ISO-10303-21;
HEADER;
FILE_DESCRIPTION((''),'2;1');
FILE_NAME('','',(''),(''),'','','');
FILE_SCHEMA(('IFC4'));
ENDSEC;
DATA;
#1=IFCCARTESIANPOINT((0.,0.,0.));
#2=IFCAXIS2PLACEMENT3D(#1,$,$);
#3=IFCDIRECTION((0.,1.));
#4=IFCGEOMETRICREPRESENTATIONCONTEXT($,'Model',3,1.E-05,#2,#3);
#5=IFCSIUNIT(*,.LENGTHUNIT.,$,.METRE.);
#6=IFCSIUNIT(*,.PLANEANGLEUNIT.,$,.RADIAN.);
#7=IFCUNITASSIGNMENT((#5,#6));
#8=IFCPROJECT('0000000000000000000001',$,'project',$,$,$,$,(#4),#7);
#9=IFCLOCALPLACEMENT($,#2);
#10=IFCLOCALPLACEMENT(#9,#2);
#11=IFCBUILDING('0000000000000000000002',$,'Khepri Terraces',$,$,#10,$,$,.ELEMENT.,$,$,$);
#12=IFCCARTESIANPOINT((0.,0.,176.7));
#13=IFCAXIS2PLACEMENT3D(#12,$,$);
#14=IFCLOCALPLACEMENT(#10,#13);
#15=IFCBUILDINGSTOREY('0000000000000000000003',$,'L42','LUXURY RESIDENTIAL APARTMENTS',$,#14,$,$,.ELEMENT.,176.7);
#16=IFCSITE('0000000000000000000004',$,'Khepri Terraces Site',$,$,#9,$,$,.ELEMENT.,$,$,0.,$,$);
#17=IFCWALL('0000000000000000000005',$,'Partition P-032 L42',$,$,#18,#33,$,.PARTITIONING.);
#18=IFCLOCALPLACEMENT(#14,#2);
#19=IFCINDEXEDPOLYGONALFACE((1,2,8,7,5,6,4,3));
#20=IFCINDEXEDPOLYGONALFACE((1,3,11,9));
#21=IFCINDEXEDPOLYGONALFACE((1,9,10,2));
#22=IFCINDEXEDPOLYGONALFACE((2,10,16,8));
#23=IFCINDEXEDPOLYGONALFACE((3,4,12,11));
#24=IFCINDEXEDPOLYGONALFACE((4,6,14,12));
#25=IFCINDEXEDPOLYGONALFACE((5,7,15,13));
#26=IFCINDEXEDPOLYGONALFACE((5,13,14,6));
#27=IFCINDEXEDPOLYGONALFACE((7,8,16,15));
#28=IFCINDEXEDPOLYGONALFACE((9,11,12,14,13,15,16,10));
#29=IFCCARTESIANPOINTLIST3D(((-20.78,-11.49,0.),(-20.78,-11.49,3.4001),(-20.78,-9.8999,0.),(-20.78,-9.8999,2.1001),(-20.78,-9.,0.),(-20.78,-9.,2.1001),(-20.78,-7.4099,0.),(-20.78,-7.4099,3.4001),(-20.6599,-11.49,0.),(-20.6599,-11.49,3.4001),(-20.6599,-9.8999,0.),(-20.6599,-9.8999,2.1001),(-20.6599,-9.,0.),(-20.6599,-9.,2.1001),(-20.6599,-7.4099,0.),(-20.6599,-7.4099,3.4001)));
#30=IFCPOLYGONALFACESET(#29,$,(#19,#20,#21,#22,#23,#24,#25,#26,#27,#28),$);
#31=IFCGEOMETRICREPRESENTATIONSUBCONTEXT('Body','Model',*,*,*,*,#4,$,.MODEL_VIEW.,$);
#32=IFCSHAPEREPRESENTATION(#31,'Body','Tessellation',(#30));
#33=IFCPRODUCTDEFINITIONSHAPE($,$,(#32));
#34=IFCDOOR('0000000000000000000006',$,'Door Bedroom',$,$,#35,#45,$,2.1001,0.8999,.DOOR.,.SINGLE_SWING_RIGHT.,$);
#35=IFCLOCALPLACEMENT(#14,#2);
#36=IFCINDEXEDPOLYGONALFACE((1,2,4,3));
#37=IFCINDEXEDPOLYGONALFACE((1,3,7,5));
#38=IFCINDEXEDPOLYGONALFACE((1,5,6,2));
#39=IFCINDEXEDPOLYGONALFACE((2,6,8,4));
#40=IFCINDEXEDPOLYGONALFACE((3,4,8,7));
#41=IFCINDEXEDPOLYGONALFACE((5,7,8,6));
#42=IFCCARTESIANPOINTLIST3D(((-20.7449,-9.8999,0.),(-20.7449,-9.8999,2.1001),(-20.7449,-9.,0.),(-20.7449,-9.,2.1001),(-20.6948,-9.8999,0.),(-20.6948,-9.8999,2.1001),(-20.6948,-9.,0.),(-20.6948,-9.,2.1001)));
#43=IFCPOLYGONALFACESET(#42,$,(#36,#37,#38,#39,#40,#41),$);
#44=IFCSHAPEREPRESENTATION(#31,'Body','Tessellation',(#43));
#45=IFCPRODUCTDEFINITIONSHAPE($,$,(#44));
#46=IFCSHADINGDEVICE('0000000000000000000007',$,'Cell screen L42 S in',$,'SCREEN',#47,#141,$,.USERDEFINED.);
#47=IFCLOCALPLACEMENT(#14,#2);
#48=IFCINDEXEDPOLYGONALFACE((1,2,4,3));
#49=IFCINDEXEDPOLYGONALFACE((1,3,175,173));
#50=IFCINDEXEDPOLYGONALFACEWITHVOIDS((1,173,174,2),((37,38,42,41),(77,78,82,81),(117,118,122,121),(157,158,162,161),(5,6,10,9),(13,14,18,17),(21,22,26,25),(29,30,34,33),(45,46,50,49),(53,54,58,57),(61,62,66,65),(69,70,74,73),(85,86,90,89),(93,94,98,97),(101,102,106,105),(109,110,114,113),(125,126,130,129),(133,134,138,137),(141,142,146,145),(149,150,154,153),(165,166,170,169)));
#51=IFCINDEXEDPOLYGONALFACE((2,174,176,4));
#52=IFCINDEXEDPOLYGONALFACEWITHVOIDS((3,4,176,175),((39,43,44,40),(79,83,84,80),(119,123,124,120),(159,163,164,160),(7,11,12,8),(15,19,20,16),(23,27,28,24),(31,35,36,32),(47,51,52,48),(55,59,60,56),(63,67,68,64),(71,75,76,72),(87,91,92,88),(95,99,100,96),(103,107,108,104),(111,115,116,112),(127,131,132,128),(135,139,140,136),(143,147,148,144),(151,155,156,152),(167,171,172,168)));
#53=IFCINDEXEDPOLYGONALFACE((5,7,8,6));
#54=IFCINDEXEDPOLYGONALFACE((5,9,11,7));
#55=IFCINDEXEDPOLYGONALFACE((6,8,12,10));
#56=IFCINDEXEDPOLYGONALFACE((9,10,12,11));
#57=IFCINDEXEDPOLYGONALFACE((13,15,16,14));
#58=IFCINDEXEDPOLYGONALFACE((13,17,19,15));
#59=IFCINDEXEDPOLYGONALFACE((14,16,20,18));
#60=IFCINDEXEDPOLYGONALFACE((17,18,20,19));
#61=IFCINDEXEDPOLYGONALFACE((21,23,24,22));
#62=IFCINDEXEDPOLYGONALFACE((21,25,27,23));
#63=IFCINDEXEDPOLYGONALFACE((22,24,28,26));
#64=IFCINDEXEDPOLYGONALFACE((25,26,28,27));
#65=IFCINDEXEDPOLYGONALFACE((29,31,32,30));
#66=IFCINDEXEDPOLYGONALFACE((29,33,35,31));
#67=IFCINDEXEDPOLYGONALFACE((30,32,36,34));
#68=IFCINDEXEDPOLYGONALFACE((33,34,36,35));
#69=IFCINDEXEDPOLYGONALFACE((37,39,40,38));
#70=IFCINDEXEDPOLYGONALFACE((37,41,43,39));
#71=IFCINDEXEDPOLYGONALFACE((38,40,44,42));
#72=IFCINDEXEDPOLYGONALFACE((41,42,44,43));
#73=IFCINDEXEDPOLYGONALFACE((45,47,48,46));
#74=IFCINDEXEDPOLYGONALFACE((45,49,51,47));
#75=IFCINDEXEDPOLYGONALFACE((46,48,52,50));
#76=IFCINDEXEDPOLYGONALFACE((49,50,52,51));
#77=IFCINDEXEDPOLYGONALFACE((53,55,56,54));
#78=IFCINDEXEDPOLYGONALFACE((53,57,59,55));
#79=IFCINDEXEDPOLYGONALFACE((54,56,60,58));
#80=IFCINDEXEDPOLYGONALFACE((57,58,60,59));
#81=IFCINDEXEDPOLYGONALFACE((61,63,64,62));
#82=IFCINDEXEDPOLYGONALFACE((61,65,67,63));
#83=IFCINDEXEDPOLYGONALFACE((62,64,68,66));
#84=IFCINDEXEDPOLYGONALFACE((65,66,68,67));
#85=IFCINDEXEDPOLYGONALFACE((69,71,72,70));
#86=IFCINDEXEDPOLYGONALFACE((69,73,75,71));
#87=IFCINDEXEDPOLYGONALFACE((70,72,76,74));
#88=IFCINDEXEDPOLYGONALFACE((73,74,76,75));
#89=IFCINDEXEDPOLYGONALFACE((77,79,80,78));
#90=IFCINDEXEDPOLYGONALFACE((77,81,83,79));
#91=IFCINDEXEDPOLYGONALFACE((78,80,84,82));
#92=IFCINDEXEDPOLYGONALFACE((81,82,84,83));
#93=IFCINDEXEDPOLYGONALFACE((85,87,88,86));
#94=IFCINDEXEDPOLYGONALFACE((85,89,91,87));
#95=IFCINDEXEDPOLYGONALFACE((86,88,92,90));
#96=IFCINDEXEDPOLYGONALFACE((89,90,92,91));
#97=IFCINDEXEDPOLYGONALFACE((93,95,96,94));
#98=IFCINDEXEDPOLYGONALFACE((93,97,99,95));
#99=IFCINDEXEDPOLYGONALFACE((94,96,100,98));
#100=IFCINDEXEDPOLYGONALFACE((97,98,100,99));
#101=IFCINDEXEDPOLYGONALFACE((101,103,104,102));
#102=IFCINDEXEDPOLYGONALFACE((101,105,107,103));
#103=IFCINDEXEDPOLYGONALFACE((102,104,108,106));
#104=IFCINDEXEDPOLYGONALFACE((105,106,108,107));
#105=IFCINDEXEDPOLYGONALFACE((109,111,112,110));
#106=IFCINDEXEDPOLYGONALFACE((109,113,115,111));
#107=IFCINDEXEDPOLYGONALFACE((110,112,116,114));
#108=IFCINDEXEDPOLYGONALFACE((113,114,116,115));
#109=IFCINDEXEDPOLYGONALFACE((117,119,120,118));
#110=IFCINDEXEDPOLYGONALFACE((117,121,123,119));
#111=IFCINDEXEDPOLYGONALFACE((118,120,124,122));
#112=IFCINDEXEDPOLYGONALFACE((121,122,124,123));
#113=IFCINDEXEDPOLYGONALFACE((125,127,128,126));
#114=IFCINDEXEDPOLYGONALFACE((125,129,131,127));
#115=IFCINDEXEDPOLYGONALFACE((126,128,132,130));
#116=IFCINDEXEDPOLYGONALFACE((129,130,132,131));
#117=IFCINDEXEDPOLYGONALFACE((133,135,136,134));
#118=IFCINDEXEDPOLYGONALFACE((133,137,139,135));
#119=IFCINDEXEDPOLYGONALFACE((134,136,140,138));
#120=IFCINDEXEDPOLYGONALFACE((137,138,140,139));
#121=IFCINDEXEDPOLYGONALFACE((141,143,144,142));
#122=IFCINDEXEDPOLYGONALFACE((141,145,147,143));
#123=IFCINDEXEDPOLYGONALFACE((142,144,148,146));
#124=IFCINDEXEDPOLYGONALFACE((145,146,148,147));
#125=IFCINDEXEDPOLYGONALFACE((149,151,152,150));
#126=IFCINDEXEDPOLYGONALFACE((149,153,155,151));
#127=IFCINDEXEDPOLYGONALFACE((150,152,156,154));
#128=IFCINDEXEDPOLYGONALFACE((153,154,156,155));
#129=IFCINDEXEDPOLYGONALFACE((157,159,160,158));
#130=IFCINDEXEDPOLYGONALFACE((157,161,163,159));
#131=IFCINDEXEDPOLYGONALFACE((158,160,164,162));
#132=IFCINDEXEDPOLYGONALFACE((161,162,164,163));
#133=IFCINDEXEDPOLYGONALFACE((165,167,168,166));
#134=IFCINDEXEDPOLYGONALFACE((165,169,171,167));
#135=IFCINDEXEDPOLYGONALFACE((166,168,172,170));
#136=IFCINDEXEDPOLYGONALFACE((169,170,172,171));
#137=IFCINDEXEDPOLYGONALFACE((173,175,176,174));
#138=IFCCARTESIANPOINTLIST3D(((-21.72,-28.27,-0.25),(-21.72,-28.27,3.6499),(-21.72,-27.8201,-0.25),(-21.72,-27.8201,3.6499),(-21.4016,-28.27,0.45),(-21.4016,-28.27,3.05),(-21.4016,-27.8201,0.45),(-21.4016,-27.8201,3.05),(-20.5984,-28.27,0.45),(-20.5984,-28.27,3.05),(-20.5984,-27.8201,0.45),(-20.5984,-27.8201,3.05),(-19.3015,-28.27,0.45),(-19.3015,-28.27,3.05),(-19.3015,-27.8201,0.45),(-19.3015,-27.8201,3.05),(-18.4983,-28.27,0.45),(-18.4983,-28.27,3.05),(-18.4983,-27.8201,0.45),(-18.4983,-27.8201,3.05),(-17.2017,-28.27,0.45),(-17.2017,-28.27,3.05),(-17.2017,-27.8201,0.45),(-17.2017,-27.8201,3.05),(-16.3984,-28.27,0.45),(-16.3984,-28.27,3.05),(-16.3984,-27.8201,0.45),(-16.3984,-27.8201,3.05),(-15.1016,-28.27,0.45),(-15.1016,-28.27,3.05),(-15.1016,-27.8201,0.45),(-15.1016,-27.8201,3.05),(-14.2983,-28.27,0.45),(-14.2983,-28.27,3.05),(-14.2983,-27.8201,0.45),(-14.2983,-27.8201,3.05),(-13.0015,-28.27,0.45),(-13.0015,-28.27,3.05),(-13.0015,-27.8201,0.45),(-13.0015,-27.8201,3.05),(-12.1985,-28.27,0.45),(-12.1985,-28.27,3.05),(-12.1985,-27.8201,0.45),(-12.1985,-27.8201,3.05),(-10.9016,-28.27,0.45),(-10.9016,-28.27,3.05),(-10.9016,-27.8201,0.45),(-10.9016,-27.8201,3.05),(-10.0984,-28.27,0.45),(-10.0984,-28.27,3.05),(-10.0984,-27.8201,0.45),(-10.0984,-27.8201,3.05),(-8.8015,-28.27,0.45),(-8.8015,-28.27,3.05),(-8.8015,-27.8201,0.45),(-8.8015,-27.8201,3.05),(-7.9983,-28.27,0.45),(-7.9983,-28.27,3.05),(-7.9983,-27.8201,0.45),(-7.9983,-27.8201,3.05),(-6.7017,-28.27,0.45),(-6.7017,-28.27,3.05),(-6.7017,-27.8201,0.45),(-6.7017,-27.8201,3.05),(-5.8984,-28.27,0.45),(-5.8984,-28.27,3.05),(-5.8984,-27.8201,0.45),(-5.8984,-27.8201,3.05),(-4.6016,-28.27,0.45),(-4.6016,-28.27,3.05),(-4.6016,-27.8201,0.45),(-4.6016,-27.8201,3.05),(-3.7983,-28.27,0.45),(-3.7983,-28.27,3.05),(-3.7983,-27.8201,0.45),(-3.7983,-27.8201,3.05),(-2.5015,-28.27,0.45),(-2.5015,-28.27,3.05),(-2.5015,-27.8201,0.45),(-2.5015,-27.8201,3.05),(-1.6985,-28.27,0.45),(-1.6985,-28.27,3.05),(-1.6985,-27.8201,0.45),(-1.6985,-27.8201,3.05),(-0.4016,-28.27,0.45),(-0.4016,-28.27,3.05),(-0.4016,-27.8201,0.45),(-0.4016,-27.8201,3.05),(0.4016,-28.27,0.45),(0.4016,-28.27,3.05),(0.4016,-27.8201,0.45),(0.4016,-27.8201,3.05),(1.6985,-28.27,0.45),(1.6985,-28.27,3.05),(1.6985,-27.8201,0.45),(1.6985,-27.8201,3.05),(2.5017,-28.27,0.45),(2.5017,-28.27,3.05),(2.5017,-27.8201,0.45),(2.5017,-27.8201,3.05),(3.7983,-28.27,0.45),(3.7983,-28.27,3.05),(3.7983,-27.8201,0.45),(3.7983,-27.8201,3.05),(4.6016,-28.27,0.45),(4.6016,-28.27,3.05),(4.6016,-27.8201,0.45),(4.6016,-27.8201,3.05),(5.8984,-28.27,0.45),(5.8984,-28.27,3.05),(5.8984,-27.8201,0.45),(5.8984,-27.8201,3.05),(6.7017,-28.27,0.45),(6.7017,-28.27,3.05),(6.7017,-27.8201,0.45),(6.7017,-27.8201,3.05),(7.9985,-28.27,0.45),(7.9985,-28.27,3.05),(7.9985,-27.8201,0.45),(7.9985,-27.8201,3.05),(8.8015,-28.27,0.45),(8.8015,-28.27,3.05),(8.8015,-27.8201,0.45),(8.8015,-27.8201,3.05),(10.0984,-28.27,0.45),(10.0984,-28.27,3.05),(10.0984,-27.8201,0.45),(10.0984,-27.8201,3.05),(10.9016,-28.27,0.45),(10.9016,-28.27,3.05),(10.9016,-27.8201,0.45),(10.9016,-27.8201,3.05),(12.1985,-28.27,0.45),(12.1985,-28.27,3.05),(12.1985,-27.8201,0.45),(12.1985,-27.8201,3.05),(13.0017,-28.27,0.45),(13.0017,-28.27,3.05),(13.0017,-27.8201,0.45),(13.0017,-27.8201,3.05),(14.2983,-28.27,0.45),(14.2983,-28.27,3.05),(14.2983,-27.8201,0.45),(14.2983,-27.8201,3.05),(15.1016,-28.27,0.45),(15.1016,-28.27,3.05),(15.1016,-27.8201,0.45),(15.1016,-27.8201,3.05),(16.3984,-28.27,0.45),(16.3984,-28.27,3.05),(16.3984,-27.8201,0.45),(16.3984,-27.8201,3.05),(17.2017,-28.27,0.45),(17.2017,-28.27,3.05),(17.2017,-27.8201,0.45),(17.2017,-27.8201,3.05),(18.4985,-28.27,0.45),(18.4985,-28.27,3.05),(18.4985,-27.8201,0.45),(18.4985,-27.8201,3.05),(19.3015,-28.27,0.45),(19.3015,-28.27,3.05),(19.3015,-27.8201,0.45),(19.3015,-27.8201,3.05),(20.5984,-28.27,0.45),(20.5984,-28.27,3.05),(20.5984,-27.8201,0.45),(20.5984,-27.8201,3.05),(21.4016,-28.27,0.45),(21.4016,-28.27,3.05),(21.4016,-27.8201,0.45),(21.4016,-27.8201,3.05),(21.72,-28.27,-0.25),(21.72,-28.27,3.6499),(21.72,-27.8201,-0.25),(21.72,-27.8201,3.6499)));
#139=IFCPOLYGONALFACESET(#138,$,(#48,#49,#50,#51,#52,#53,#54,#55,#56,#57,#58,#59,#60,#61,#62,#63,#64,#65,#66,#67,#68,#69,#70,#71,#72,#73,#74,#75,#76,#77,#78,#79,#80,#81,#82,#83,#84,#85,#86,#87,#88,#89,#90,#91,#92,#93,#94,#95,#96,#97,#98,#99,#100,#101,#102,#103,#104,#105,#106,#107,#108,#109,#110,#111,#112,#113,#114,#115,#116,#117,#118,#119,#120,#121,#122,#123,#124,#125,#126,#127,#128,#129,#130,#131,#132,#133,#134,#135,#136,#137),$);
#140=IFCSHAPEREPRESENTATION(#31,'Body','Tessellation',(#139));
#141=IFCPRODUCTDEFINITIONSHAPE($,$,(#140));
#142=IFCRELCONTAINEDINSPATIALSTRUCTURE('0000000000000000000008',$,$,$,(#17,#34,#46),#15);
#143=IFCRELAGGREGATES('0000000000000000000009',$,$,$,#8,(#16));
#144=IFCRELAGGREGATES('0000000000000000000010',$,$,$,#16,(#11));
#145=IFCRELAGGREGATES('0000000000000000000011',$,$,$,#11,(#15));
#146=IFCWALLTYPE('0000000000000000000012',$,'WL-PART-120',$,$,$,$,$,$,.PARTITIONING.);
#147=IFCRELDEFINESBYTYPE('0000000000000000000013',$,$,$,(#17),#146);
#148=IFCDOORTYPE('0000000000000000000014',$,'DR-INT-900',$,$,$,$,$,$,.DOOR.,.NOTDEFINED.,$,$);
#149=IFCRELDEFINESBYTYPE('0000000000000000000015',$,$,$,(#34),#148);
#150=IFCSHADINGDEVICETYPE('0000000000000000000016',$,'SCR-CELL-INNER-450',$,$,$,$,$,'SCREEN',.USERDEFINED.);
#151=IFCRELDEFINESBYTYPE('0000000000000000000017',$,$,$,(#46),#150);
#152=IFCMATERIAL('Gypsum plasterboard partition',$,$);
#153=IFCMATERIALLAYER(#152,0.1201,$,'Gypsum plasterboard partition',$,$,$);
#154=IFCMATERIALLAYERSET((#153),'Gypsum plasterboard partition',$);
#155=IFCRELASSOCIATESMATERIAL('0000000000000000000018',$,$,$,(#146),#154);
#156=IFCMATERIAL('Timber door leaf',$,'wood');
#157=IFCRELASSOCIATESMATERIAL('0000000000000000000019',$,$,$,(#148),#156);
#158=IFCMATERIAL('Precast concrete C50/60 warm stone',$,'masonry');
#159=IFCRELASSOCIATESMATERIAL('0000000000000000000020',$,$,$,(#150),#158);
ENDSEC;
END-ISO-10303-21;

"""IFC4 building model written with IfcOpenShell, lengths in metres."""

from ifc_helpers import new_model, si_unit, direction, frame, frame_2d, origin, place, context, subcontext, project, spatial, polyline, rectangle, outline, extrude, material, layer, layer_set, type_object, element, fill, save


model = new_model("IFC4")

# Units and contexts
model_context = context("Model", 3, precision=1e-05, world=origin(), true_north=direction((0.0, 1.0)))
body_context = subcontext(model_context, "Body", "Model", "MODEL_VIEW")
ifc_project = project(units=[si_unit("LENGTHUNIT", "METRE"), si_unit("PLANEANGLEUNIT", "RADIAN")], contexts=[model_context])

# Site, building, storey
site_placement = place(None, origin())
site = spatial("IfcSite", under=ifc_project, at=site_placement, Name="Khepri Terraces Site", CompositionType="ELEMENT", RefElevation=0.0)
building_placement = place(site_placement, origin())
building = spatial("IfcBuilding", under=site, at=building_placement, Name="Khepri Terraces", CompositionType="ELEMENT")
storey_placement = place(building_placement, frame((0.0, 0.0, 176.7)))
storey = spatial("IfcBuildingStorey", under=building, at=storey_placement, Name="L42", Description="LUXURY RESIDENTIAL APARTMENTS", CompositionType="ELEMENT", Elevation=176.7)

# Shared definitions
ifc_material_1 = material(Name="Precast concrete C50/60 warm stone", Category="masonry")

# Shared definitions
ifc_material_2 = material(Name="Gypsum plasterboard partition")
ifc_layer_1 = layer(ifc_material_2, 0.1201, Name="Gypsum plasterboard partition")
ifc_layer_set_1 = layer_set([ifc_layer_1], Name="Gypsum plasterboard partition")
wall_type_1 = type_object("IfcWallType", Name="WL-PART-120", PredefinedType="PARTITIONING", material=ifc_layer_set_1)
ifc_material_3 = material(Name="Timber door leaf", Category="wood")
door_type_1 = type_object("IfcDoorType", Name="DR-INT-900", OperationType="NOTDEFINED", PredefinedType="DOOR", material=ifc_material_3)

# Wall, opening, door
wall_1_placement = place(storey_placement, frame((-20.72, -11.49, 0.0), z_axis=(0.0, 0.0, 1.0), x_axis=(0.0, 1.0, 0.0)))
wall_1 = element("IfcWall", 1, at=wall_1_placement, inside=storey, type_object=wall_type_1, Name="Partition P-032 L42", PredefinedType="PARTITIONING", context=body_context, shape_type="SweptSolid", body=[
    extrude(rectangle(XDim=4.0801, YDim=0.1201, at=frame_2d((2.04, 0.0))), origin(), (0.0, 0.0, 1.0), 3.4001),
])
opening_1_placement = place(wall_1_placement, frame((1.5901, 0.0, 0.0)))
opening_1 = element("IfcOpeningElement", 2, at=opening_1_placement, cuts=wall_1, PredefinedType="OPENING", context=body_context, shape_type="SweptSolid", body=[
    extrude(rectangle(XDim=0.8999, YDim=2.1001, at=frame_2d((0.45, 1.05))), frame((0.0, 0.0701, 0.0), z_axis=(0.0, -1.0, 0.0), x_axis=(1.0, 0.0, 0.0)), (0.0, 0.0, 1.0), 0.1401),
])
door_1_placement = place(opening_1_placement, origin())
door_1 = element("IfcDoor", 3, at=door_1_placement, inside=storey, type_object=door_type_1, Name="Door Bedroom", OperationType="SINGLE_SWING_RIGHT", OverallHeight=2.1001, OverallWidth=0.8999, PredefinedType="DOOR", context=body_context, shape_type="SweptSolid", body=[
    extrude(rectangle(XDim=0.8999, YDim=2.1001, at=frame_2d((0.45, 1.05))), frame((0.0, 0.0249, 0.0), z_axis=(0.0, -1.0, 0.0), x_axis=(1.0, 0.0, 0.0)), (0.0, 0.0, 1.0), 0.05),
])
fill(opening_1, door_1)

# Shading device
shading_device_type_1 = type_object("IfcShadingDeviceType", Name="SCR-CELL-INNER-450", ElementType="SCREEN", PredefinedType="USERDEFINED", material=ifc_material_1)
shading_device_1_placement = place(storey_placement, frame((-21.72, -27.8201, -0.25), z_axis=(0.0, -1.0, 0.0), x_axis=(1.0, 0.0, 0.0)))
element("IfcShadingDevice", 4, at=shading_device_1_placement, inside=storey, type_object=shading_device_type_1, Name="Cell screen L42 S in", ObjectType="SCREEN", PredefinedType="USERDEFINED", context=body_context, shape_type="SweptSolid", body=[
    extrude(outline(polyline([(0.0, 0.0), (43.4399, 0.0), (43.4399, 3.8999), (0.0, 3.8999), (0.0, 0.0)]), holes=[polyline([(0.3184, 0.7), (1.1216, 0.7), (1.1216, 3.3), (0.3184, 3.3), (0.3184, 0.7)]), polyline([(2.4185, 0.7), (3.2217, 0.7), (3.2217, 3.3), (2.4185, 3.3), (2.4185, 0.7)]), polyline([(4.5183, 0.7), (5.3215, 0.7), (5.3215, 3.3), (4.5183, 3.3), (4.5183, 0.7)]), polyline([(6.6184, 0.7), (7.4216, 0.7), (7.4216, 3.3), (6.6184, 3.3), (6.6184, 0.7)]), polyline([(8.7185, 0.7), (9.5215, 0.7), (9.5215, 3.3), (8.7185, 3.3), (8.7185, 0.7)]), polyline([(10.8184, 0.7), (11.6216, 0.7), (11.6216, 3.3), (10.8184, 3.3), (10.8184, 0.7)]), polyline([(12.9185, 0.7), (13.7217, 0.7), (13.7217, 3.3), (12.9185, 3.3), (12.9185, 0.7)]), polyline([(15.0183, 0.7), (15.8215, 0.7), (15.8215, 3.3), (15.0183, 3.3), (15.0183, 0.7)]), polyline([(17.1184, 0.7), (17.9216, 0.7), (17.9216, 3.3), (17.1184, 3.3), (17.1184, 0.7)]), polyline([(19.2185, 0.7), (20.0215, 0.7), (20.0215, 3.3), (19.2185, 3.3), (19.2185, 0.7)]), polyline([(21.3184, 0.7), (22.1216, 0.7), (22.1216, 3.3), (21.3184, 3.3), (21.3184, 0.7)]), polyline([(23.4185, 0.7), (24.2217, 0.7), (24.2217, 3.3), (23.4185, 3.3), (23.4185, 0.7)]), polyline([(25.5183, 0.7), (26.3215, 0.7), (26.3215, 3.3), (25.5183, 3.3), (25.5183, 0.7)]), polyline([(27.6184, 0.7), (28.4216, 0.7), (28.4216, 3.3), (27.6184, 3.3), (27.6184, 0.7)]), polyline([(29.7185, 0.7), (30.5215, 0.7), (30.5215, 3.3), (29.7185, 3.3), (29.7185, 0.7)]), polyline([(31.8184, 0.7), (32.6216, 0.7), (32.6216, 3.3), (31.8184, 3.3), (31.8184, 0.7)]), polyline([(33.9185, 0.7), (34.7217, 0.7), (34.7217, 3.3), (33.9185, 3.3), (33.9185, 0.7)]), polyline([(36.0183, 0.7), (36.8215, 0.7), (36.8215, 3.3), (36.0183, 3.3), (36.0183, 0.7)]), polyline([(38.1184, 0.7), (38.9216, 0.7), (38.9216, 3.3), (38.1184, 3.3), (38.1184, 0.7)]), polyline([(40.2185, 0.7), (41.0215, 0.7), (41.0215, 3.3), (40.2185, 3.3), (40.2185, 0.7)]), polyline([(42.3184, 0.7), (43.1216, 0.7), (43.1216, 3.3), (42.3184, 3.3), (42.3184, 0.7)])]), origin(), (0.0, 0.0, 1.0), 0.45),
])

save(model, "model.ifc")
